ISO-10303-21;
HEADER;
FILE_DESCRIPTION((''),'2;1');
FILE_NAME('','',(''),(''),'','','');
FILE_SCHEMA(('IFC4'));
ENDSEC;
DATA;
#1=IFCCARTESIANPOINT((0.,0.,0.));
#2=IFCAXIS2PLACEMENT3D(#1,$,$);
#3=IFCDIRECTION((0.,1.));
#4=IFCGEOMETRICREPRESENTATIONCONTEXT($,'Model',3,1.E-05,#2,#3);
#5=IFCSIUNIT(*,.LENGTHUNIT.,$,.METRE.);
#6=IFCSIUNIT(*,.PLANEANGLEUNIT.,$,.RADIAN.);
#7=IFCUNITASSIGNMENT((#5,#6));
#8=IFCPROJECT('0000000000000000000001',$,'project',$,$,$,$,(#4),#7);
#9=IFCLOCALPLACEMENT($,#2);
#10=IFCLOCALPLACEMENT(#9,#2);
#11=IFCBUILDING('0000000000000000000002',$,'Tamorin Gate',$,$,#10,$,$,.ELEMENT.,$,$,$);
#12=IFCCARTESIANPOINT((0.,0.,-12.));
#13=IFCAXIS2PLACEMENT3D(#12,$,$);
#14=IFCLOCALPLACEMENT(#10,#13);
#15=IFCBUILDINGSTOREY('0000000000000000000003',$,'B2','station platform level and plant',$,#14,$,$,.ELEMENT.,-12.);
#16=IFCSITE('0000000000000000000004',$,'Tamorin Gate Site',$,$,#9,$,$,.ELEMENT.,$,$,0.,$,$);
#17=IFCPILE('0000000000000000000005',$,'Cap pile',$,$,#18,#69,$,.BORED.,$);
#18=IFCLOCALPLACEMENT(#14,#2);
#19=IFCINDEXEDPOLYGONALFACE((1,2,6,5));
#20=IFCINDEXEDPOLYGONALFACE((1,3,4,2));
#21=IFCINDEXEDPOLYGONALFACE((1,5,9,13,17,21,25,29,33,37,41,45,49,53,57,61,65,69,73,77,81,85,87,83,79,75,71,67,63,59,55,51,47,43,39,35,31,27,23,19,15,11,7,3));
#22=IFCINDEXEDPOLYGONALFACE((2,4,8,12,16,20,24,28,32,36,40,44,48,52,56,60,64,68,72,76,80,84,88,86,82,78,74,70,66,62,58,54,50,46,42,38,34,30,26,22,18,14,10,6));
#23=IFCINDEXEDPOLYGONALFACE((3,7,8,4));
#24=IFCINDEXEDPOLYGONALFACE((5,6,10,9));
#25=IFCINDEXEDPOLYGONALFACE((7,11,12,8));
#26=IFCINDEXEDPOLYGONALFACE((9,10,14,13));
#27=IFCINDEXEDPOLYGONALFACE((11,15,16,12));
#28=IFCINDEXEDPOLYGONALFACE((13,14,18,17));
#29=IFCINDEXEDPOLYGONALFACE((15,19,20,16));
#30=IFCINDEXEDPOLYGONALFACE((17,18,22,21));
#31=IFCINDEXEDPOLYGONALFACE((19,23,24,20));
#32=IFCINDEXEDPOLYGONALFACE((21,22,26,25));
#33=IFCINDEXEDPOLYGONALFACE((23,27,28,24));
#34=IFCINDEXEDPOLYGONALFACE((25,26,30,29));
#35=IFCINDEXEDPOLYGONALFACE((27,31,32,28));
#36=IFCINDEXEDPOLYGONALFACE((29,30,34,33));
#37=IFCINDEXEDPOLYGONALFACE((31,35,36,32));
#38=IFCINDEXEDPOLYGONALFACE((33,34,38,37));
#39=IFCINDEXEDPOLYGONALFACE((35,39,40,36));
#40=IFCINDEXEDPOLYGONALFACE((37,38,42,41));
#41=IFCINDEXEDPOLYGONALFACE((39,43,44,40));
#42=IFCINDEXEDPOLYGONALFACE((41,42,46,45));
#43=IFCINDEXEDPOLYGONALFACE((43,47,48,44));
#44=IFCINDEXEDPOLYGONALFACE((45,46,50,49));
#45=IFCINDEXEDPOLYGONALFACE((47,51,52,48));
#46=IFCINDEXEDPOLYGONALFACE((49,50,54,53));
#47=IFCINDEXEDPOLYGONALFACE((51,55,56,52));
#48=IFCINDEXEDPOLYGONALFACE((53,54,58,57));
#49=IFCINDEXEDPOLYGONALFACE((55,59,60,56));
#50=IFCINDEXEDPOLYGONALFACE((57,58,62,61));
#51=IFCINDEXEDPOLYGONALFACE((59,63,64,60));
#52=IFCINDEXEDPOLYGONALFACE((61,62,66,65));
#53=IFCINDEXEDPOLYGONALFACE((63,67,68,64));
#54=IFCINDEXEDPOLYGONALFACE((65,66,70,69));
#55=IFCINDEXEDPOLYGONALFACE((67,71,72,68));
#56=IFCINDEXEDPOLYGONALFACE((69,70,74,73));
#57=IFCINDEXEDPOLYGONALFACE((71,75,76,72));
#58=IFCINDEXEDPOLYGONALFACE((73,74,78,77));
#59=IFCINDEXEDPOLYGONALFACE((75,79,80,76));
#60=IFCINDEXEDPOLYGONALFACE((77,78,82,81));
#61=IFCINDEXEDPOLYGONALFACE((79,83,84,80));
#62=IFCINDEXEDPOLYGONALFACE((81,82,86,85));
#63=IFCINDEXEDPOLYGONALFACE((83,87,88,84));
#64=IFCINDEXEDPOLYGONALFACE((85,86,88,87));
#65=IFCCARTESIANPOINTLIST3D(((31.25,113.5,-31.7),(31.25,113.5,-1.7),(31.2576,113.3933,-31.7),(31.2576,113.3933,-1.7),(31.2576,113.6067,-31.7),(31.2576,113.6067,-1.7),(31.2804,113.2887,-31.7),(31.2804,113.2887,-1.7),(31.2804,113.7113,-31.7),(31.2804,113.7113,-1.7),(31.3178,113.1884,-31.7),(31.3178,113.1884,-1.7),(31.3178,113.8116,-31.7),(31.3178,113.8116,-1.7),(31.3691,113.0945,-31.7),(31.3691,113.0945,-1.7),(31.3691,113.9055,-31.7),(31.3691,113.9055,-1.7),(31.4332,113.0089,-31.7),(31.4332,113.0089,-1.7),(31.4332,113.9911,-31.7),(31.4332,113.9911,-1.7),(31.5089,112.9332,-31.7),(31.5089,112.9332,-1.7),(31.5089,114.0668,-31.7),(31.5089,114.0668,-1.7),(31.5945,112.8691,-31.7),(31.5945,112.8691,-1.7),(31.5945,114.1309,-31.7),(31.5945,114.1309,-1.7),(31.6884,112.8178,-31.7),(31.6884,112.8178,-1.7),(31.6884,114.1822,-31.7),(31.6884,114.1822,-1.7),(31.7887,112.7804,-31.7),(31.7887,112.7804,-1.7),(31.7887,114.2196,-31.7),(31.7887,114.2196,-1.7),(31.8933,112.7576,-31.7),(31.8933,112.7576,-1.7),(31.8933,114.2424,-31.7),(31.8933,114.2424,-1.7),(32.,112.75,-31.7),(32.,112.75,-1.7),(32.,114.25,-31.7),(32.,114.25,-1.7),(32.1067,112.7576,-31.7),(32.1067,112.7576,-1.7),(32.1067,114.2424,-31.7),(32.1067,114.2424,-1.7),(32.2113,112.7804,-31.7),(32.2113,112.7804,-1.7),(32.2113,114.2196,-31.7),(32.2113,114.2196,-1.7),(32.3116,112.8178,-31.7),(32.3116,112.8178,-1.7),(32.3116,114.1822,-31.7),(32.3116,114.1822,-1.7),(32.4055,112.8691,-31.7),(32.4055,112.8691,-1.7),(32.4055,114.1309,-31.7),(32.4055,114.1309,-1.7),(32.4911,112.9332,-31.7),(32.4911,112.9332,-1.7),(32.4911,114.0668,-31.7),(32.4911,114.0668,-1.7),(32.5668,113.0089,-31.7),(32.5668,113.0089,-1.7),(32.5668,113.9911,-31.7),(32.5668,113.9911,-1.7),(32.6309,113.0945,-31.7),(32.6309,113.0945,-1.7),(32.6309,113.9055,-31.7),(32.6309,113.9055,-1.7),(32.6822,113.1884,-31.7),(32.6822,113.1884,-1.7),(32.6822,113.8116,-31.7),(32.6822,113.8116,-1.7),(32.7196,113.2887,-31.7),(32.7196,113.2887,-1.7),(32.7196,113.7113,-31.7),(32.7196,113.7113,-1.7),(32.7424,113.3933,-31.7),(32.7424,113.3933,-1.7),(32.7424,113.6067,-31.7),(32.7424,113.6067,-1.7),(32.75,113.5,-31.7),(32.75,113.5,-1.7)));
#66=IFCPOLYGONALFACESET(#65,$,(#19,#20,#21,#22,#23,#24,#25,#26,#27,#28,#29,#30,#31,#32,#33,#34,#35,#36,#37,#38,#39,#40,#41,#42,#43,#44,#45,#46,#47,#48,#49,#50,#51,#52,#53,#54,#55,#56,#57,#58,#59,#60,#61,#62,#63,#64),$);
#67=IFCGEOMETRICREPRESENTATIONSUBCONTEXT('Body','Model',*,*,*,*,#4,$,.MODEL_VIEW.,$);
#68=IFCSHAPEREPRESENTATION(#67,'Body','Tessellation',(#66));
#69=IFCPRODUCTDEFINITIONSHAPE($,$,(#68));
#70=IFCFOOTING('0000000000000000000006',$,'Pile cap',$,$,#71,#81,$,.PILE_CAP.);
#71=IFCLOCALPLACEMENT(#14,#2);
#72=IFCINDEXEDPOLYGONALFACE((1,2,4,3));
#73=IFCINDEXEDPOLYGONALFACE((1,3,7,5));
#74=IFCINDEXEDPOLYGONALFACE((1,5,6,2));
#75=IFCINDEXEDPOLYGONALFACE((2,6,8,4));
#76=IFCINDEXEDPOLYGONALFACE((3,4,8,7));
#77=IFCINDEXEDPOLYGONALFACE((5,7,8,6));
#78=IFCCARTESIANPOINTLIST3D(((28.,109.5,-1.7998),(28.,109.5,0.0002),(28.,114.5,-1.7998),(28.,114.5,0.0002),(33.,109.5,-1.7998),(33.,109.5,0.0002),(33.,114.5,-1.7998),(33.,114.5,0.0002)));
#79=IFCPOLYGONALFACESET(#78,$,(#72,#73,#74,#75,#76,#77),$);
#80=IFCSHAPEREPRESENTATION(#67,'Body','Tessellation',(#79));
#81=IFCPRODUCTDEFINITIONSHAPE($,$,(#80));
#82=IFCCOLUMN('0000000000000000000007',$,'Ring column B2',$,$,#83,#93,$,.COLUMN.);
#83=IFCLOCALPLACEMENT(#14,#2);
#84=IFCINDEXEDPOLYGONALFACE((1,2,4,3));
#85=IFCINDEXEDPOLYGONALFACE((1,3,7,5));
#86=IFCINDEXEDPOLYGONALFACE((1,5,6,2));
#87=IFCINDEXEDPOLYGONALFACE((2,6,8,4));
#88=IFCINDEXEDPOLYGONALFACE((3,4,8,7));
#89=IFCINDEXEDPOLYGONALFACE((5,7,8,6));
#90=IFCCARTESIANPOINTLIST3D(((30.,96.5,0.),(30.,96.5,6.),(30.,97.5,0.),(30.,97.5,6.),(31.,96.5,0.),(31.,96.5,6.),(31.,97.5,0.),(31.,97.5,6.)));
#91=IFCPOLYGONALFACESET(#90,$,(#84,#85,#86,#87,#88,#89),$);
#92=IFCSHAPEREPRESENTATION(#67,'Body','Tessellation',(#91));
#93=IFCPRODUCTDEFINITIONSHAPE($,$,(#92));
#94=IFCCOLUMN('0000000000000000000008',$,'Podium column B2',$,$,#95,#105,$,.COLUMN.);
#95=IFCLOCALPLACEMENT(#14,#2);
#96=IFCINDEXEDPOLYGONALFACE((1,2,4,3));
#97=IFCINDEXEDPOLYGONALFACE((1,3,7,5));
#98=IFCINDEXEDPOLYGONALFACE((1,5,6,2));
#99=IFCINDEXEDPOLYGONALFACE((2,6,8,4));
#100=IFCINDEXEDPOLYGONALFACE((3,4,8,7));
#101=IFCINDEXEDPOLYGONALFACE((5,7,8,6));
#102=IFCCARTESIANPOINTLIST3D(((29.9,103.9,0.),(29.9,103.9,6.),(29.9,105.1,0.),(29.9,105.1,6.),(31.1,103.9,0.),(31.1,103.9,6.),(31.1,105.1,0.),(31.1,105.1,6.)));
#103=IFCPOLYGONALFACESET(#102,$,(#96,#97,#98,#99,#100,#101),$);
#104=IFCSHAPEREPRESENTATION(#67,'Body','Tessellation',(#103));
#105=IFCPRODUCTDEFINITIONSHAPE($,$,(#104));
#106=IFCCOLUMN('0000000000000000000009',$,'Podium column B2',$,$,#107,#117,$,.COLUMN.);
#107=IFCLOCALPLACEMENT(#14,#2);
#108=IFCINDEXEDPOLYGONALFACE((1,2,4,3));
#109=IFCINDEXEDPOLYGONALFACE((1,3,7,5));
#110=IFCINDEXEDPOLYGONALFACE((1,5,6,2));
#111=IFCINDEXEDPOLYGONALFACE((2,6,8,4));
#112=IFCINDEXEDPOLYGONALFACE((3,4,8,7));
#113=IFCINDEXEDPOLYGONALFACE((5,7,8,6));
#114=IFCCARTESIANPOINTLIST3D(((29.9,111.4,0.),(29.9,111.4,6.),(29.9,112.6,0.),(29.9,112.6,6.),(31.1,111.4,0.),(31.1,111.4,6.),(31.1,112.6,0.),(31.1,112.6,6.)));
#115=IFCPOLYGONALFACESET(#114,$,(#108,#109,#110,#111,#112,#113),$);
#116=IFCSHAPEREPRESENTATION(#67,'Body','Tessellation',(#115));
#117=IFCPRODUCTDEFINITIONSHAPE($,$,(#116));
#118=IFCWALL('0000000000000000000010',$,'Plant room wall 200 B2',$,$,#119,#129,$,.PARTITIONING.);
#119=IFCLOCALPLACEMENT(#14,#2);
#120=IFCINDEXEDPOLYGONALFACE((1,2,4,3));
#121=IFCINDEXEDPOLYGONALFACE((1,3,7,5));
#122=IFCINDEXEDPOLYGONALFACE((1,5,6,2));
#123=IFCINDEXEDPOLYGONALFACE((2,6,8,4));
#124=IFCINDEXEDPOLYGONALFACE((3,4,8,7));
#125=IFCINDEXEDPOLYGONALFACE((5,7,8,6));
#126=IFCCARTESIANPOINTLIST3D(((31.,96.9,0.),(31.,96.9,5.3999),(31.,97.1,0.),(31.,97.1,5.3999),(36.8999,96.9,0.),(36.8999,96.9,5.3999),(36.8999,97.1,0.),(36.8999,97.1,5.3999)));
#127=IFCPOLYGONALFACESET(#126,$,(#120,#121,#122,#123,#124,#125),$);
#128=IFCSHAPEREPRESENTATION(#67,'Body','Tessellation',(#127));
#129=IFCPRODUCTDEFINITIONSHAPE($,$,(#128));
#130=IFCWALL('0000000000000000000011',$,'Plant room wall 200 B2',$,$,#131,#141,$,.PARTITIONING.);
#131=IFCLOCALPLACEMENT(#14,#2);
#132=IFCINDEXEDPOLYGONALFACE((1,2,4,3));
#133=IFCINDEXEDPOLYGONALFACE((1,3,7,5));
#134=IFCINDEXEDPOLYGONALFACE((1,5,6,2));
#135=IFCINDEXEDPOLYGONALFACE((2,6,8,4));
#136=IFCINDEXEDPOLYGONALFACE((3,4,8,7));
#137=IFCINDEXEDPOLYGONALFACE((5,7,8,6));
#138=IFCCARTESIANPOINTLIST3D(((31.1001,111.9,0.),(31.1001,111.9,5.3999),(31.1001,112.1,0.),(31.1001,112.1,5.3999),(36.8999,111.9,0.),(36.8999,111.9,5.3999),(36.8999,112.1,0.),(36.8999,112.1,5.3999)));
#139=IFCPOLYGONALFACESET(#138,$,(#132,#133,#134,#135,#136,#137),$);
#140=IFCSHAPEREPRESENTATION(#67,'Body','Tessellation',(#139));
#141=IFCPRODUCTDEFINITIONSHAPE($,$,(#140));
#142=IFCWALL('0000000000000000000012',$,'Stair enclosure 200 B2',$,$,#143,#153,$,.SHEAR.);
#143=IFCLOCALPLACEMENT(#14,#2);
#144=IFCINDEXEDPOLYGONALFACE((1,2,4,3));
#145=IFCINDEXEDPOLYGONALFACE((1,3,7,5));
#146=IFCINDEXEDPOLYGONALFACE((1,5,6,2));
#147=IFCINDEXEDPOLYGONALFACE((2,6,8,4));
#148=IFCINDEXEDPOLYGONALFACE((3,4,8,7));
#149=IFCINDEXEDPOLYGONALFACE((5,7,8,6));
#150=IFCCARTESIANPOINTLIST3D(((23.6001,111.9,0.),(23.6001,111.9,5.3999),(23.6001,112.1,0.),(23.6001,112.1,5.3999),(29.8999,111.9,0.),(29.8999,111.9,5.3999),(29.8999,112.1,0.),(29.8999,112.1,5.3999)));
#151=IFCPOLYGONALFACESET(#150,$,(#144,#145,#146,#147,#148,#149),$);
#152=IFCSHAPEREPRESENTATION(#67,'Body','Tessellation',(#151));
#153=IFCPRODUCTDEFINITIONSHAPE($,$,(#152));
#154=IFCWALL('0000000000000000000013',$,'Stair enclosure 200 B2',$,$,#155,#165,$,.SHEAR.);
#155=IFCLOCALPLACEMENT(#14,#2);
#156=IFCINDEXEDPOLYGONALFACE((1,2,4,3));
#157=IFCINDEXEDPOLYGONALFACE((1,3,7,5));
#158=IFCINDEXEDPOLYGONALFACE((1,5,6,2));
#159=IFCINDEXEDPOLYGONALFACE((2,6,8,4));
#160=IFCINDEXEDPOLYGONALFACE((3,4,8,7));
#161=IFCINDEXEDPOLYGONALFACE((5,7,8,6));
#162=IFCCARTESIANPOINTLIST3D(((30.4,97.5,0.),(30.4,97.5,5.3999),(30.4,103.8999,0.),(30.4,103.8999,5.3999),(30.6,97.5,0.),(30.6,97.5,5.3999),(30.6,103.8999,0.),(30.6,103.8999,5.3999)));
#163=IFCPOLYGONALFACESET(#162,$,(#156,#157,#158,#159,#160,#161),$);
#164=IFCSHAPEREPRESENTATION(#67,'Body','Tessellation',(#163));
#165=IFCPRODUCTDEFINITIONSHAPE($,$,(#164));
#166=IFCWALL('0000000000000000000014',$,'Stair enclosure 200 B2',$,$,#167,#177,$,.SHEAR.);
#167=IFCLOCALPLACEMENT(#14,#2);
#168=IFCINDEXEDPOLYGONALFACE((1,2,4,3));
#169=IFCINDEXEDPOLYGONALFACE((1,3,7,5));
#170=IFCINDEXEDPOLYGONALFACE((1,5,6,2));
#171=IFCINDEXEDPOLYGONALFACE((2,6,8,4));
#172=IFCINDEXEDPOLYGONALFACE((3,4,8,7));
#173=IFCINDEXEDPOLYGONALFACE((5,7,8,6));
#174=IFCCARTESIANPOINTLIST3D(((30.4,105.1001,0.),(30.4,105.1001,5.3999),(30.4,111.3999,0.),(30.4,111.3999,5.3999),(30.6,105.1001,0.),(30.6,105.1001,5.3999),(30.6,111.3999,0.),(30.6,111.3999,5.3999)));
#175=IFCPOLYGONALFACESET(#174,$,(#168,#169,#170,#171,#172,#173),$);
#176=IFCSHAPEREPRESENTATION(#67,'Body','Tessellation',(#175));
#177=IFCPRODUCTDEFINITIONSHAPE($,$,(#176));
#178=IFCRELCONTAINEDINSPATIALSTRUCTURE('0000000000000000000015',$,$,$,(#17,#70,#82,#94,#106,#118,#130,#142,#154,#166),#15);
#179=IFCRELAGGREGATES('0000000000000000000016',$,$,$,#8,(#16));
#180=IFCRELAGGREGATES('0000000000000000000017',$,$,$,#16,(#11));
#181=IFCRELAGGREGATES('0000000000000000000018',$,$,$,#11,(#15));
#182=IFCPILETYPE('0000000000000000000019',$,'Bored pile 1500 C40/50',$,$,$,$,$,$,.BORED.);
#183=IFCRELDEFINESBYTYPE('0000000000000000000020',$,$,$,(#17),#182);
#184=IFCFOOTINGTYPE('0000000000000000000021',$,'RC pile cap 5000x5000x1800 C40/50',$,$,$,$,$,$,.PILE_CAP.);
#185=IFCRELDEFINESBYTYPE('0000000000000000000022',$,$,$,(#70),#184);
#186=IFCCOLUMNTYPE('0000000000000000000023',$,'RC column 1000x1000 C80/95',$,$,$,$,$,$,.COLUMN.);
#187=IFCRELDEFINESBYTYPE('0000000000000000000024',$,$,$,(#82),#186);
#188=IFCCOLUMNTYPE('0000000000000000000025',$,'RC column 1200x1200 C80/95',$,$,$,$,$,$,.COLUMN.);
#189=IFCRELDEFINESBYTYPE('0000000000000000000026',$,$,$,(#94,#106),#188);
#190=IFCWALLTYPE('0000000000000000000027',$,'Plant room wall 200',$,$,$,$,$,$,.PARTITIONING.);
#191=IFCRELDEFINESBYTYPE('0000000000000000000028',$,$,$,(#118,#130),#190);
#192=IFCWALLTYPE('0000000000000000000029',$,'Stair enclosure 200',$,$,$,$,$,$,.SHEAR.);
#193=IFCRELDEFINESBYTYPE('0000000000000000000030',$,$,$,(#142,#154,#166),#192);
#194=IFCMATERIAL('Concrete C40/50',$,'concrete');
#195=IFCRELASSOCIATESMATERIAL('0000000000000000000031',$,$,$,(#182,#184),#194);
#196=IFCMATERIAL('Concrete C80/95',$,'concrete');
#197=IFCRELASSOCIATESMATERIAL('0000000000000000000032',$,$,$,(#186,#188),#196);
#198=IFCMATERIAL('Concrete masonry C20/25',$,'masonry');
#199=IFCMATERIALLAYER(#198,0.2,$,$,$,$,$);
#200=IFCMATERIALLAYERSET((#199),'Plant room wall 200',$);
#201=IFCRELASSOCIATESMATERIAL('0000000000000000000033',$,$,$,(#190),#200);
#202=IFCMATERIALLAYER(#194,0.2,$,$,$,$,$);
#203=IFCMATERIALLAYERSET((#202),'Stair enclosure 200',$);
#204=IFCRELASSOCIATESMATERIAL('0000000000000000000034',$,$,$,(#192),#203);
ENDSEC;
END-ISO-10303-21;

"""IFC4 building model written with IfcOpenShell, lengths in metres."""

from ifc_helpers import new_model, si_unit, direction, frame, frame_2d, origin, origin_2d, place, context, subcontext, project, spatial, rectangle, circle, extrude, material, layer, layer_set, material_profile, profile_set, type_object, element, save


model = new_model("IFC4")

# Units and contexts
model_context = context("Model", 3, precision=1e-05, world=origin(), true_north=direction((0.0, 1.0)))
body_context = subcontext(model_context, "Body", "Model", "MODEL_VIEW")
ifc_project = project(units=[si_unit("LENGTHUNIT", "METRE"), si_unit("PLANEANGLEUNIT", "RADIAN")], contexts=[model_context])

# Site, building, storey
site_placement = place(None, origin())
site = spatial("IfcSite", under=ifc_project, at=site_placement, Name="Tamorin Gate Site", CompositionType="ELEMENT", RefElevation=0.0)
building_placement = place(site_placement, origin())
building = spatial("IfcBuilding", under=site, at=building_placement, Name="Tamorin Gate", CompositionType="ELEMENT")
storey_placement = place(building_placement, frame((0.0, 0.0, -12.0)))
storey = spatial("IfcBuildingStorey", under=building, at=storey_placement, Name="B2", Description="station platform level and plant", CompositionType="ELEMENT", Elevation=-12.0)

# Pile
ifc_material_1 = material(Name="Concrete C40/50", Category="concrete")
ifc_material_profile_1 = material_profile(ifc_material_1, circle(Radius=0.75, at=origin_2d()))
ifc_profile_set_1 = profile_set([ifc_material_profile_1], Name="Concrete C40/50")
pile_type = type_object("IfcPileType", Name="Bored pile 1500 C40/50", PredefinedType="BORED", material=ifc_profile_set_1)
for number, where, z_axis, x_axis, name in (
    (1, (32.0, 113.5, -1.7), (0.0, 0.0, -1.0), (1.0, 0.0, 0.0), "Cap pile"),
):
    element("IfcPile", number, at=place(storey_placement, frame(where, z_axis=z_axis, x_axis=x_axis)), inside=storey, type_object=pile_type, Name=name, PredefinedType="BORED", context=body_context, shape_type="SweptSolid", body=[
        extrude(circle(Radius=0.75, at=origin_2d()), origin(), (0.0, 0.0, 1.0), 30.0),
    ])

# Footing
footing_type = type_object("IfcFootingType", Name="RC pile cap 5000x5000x1800 C40/50", PredefinedType="PILE_CAP", material=ifc_material_1)
footing_placement = place(storey_placement, frame((30.5, 112.0, -1.7998), z_axis=(0.0, 0.0, 1.0), x_axis=(1.0, 0.0, 0.0)))
element("IfcFooting", 2, at=footing_placement, inside=storey, type_object=footing_type, Name="Pile cap", PredefinedType="PILE_CAP", context=body_context, shape_type="SweptSolid", body=[
    extrude(rectangle(XDim=5.0, YDim=5.0, at=origin_2d()), origin(), (0.0, 0.0, 1.0), 1.8),
])

# Columns
ifc_material_2 = material(Name="Concrete C80/95", Category="concrete")
ifc_material_profile_2 = material_profile(ifc_material_2, rectangle(XDim=1.0, YDim=1.0, at=origin_2d()), Name="RC 1000x1000")
ifc_profile_set_2 = profile_set([ifc_material_profile_2], Name="Concrete C80/95")
column_type_1 = type_object("IfcColumnType", Name="RC column 1000x1000 C80/95", PredefinedType="COLUMN", material=ifc_profile_set_2)
column_placement = place(storey_placement, frame((30.5, 97.0, 0.0), z_axis=(0.0, 0.0, 1.0), x_axis=(1.0, 0.0, 0.0)))
element("IfcColumn", 3, at=column_placement, inside=storey, type_object=column_type_1, Name="Ring column B2", PredefinedType="COLUMN", context=body_context, shape_type="SweptSolid", body=[
    extrude(rectangle(XDim=1.0, YDim=1.0, at=origin_2d()), origin(), (0.0, 0.0, 1.0), 6.0),
])
ifc_material_profile_3 = material_profile(ifc_material_2, rectangle(XDim=1.2, YDim=1.2, at=origin_2d()), Name="RC 1200x1200")
ifc_profile_set_3 = profile_set([ifc_material_profile_3], Name="Concrete C80/95")
column_type_2 = type_object("IfcColumnType", Name="RC column 1200x1200 C80/95", PredefinedType="COLUMN", material=ifc_profile_set_3)
for number, where, z_axis, x_axis, name in (
    (4, (30.5, 104.5, 0.0), (0.0, 0.0, 1.0), (1.0, 0.0, 0.0), "Podium column B2"),
    (5, (30.5, 112.0, 0.0), (0.0, 0.0, 1.0), (1.0, 0.0, 0.0), "Podium column B2"),
):
    element("IfcColumn", number, at=place(storey_placement, frame(where, z_axis=z_axis, x_axis=x_axis)), inside=storey, type_object=column_type_2, Name=name, PredefinedType="COLUMN", context=body_context, shape_type="SweptSolid", body=[
        extrude(rectangle(XDim=1.2, YDim=1.2, at=origin_2d()), origin(), (0.0, 0.0, 1.0), 6.0),
    ])

# Walls
ifc_material_3 = material(Name="Concrete masonry C20/25", Category="masonry")
ifc_layer_1 = layer(ifc_material_3, 0.2)
ifc_layer_set_1 = layer_set([ifc_layer_1], Name="Plant room wall 200")
wall_type_1 = type_object("IfcWallType", Name="Plant room wall 200", PredefinedType="PARTITIONING", material=ifc_layer_set_1)
wall_1_placement = place(storey_placement, frame((31.0, 97.0, 0.0), z_axis=(0.0, 0.0, 1.0), x_axis=(1.0, 0.0, 0.0)))
element("IfcWall", 6, at=wall_1_placement, inside=storey, type_object=wall_type_1, Name="Plant room wall 200 B2", PredefinedType="PARTITIONING", context=body_context, shape_type="SweptSolid", body=[
    extrude(rectangle(XDim=5.8999, YDim=0.2, at=frame_2d((2.95, 0.0))), origin(), (0.0, 0.0, 1.0), 5.3999),
])
wall_2_placement = place(storey_placement, frame((31.1001, 112.0, 0.0), z_axis=(0.0, 0.0, 1.0), x_axis=(1.0, 0.0, 0.0)))
element("IfcWall", 7, at=wall_2_placement, inside=storey, type_object=wall_type_1, Name="Plant room wall 200 B2", PredefinedType="PARTITIONING", context=body_context, shape_type="SweptSolid", body=[
    extrude(rectangle(XDim=5.7998, YDim=0.2, at=frame_2d((2.8999, 0.0))), origin(), (0.0, 0.0, 1.0), 5.3999),
])
ifc_layer_2 = layer(ifc_material_1, 0.2)
ifc_layer_set_2 = layer_set([ifc_layer_2], Name="Stair enclosure 200")
wall_type_2 = type_object("IfcWallType", Name="Stair enclosure 200", PredefinedType="SHEAR", material=ifc_layer_set_2)
wall_3_placement = place(storey_placement, frame((23.6001, 112.0, 0.0), z_axis=(0.0, 0.0, 1.0), x_axis=(1.0, 0.0, 0.0)))
element("IfcWall", 8, at=wall_3_placement, inside=storey, type_object=wall_type_2, Name="Stair enclosure 200 B2", PredefinedType="SHEAR", context=body_context, shape_type="SweptSolid", body=[
    extrude(rectangle(XDim=6.2998, YDim=0.2, at=frame_2d((3.1499, 0.0))), origin(), (0.0, 0.0, 1.0), 5.3999),
])
wall_4_placement = place(storey_placement, frame((30.5, 97.5, 0.0), z_axis=(0.0, 0.0, 1.0), x_axis=(0.0, 1.0, 0.0)))
element("IfcWall", 9, at=wall_4_placement, inside=storey, type_object=wall_type_2, Name="Stair enclosure 200 B2", PredefinedType="SHEAR", context=body_context, shape_type="SweptSolid", body=[
    extrude(rectangle(XDim=6.3999, YDim=0.2, at=frame_2d((3.2, 0.0))), origin(), (0.0, 0.0, 1.0), 5.3999),
])
wall_5_placement = place(storey_placement, frame((30.5, 105.1001, 0.0), z_axis=(0.0, 0.0, 1.0), x_axis=(0.0, 1.0, 0.0)))
element("IfcWall", 10, at=wall_5_placement, inside=storey, type_object=wall_type_2, Name="Stair enclosure 200 B2", PredefinedType="SHEAR", context=body_context, shape_type="SweptSolid", body=[
    extrude(rectangle(XDim=6.2998, YDim=0.2, at=frame_2d((3.1499, 0.0))), origin(), (0.0, 0.0, 1.0), 5.3999),
])

save(model, "model.ifc")
